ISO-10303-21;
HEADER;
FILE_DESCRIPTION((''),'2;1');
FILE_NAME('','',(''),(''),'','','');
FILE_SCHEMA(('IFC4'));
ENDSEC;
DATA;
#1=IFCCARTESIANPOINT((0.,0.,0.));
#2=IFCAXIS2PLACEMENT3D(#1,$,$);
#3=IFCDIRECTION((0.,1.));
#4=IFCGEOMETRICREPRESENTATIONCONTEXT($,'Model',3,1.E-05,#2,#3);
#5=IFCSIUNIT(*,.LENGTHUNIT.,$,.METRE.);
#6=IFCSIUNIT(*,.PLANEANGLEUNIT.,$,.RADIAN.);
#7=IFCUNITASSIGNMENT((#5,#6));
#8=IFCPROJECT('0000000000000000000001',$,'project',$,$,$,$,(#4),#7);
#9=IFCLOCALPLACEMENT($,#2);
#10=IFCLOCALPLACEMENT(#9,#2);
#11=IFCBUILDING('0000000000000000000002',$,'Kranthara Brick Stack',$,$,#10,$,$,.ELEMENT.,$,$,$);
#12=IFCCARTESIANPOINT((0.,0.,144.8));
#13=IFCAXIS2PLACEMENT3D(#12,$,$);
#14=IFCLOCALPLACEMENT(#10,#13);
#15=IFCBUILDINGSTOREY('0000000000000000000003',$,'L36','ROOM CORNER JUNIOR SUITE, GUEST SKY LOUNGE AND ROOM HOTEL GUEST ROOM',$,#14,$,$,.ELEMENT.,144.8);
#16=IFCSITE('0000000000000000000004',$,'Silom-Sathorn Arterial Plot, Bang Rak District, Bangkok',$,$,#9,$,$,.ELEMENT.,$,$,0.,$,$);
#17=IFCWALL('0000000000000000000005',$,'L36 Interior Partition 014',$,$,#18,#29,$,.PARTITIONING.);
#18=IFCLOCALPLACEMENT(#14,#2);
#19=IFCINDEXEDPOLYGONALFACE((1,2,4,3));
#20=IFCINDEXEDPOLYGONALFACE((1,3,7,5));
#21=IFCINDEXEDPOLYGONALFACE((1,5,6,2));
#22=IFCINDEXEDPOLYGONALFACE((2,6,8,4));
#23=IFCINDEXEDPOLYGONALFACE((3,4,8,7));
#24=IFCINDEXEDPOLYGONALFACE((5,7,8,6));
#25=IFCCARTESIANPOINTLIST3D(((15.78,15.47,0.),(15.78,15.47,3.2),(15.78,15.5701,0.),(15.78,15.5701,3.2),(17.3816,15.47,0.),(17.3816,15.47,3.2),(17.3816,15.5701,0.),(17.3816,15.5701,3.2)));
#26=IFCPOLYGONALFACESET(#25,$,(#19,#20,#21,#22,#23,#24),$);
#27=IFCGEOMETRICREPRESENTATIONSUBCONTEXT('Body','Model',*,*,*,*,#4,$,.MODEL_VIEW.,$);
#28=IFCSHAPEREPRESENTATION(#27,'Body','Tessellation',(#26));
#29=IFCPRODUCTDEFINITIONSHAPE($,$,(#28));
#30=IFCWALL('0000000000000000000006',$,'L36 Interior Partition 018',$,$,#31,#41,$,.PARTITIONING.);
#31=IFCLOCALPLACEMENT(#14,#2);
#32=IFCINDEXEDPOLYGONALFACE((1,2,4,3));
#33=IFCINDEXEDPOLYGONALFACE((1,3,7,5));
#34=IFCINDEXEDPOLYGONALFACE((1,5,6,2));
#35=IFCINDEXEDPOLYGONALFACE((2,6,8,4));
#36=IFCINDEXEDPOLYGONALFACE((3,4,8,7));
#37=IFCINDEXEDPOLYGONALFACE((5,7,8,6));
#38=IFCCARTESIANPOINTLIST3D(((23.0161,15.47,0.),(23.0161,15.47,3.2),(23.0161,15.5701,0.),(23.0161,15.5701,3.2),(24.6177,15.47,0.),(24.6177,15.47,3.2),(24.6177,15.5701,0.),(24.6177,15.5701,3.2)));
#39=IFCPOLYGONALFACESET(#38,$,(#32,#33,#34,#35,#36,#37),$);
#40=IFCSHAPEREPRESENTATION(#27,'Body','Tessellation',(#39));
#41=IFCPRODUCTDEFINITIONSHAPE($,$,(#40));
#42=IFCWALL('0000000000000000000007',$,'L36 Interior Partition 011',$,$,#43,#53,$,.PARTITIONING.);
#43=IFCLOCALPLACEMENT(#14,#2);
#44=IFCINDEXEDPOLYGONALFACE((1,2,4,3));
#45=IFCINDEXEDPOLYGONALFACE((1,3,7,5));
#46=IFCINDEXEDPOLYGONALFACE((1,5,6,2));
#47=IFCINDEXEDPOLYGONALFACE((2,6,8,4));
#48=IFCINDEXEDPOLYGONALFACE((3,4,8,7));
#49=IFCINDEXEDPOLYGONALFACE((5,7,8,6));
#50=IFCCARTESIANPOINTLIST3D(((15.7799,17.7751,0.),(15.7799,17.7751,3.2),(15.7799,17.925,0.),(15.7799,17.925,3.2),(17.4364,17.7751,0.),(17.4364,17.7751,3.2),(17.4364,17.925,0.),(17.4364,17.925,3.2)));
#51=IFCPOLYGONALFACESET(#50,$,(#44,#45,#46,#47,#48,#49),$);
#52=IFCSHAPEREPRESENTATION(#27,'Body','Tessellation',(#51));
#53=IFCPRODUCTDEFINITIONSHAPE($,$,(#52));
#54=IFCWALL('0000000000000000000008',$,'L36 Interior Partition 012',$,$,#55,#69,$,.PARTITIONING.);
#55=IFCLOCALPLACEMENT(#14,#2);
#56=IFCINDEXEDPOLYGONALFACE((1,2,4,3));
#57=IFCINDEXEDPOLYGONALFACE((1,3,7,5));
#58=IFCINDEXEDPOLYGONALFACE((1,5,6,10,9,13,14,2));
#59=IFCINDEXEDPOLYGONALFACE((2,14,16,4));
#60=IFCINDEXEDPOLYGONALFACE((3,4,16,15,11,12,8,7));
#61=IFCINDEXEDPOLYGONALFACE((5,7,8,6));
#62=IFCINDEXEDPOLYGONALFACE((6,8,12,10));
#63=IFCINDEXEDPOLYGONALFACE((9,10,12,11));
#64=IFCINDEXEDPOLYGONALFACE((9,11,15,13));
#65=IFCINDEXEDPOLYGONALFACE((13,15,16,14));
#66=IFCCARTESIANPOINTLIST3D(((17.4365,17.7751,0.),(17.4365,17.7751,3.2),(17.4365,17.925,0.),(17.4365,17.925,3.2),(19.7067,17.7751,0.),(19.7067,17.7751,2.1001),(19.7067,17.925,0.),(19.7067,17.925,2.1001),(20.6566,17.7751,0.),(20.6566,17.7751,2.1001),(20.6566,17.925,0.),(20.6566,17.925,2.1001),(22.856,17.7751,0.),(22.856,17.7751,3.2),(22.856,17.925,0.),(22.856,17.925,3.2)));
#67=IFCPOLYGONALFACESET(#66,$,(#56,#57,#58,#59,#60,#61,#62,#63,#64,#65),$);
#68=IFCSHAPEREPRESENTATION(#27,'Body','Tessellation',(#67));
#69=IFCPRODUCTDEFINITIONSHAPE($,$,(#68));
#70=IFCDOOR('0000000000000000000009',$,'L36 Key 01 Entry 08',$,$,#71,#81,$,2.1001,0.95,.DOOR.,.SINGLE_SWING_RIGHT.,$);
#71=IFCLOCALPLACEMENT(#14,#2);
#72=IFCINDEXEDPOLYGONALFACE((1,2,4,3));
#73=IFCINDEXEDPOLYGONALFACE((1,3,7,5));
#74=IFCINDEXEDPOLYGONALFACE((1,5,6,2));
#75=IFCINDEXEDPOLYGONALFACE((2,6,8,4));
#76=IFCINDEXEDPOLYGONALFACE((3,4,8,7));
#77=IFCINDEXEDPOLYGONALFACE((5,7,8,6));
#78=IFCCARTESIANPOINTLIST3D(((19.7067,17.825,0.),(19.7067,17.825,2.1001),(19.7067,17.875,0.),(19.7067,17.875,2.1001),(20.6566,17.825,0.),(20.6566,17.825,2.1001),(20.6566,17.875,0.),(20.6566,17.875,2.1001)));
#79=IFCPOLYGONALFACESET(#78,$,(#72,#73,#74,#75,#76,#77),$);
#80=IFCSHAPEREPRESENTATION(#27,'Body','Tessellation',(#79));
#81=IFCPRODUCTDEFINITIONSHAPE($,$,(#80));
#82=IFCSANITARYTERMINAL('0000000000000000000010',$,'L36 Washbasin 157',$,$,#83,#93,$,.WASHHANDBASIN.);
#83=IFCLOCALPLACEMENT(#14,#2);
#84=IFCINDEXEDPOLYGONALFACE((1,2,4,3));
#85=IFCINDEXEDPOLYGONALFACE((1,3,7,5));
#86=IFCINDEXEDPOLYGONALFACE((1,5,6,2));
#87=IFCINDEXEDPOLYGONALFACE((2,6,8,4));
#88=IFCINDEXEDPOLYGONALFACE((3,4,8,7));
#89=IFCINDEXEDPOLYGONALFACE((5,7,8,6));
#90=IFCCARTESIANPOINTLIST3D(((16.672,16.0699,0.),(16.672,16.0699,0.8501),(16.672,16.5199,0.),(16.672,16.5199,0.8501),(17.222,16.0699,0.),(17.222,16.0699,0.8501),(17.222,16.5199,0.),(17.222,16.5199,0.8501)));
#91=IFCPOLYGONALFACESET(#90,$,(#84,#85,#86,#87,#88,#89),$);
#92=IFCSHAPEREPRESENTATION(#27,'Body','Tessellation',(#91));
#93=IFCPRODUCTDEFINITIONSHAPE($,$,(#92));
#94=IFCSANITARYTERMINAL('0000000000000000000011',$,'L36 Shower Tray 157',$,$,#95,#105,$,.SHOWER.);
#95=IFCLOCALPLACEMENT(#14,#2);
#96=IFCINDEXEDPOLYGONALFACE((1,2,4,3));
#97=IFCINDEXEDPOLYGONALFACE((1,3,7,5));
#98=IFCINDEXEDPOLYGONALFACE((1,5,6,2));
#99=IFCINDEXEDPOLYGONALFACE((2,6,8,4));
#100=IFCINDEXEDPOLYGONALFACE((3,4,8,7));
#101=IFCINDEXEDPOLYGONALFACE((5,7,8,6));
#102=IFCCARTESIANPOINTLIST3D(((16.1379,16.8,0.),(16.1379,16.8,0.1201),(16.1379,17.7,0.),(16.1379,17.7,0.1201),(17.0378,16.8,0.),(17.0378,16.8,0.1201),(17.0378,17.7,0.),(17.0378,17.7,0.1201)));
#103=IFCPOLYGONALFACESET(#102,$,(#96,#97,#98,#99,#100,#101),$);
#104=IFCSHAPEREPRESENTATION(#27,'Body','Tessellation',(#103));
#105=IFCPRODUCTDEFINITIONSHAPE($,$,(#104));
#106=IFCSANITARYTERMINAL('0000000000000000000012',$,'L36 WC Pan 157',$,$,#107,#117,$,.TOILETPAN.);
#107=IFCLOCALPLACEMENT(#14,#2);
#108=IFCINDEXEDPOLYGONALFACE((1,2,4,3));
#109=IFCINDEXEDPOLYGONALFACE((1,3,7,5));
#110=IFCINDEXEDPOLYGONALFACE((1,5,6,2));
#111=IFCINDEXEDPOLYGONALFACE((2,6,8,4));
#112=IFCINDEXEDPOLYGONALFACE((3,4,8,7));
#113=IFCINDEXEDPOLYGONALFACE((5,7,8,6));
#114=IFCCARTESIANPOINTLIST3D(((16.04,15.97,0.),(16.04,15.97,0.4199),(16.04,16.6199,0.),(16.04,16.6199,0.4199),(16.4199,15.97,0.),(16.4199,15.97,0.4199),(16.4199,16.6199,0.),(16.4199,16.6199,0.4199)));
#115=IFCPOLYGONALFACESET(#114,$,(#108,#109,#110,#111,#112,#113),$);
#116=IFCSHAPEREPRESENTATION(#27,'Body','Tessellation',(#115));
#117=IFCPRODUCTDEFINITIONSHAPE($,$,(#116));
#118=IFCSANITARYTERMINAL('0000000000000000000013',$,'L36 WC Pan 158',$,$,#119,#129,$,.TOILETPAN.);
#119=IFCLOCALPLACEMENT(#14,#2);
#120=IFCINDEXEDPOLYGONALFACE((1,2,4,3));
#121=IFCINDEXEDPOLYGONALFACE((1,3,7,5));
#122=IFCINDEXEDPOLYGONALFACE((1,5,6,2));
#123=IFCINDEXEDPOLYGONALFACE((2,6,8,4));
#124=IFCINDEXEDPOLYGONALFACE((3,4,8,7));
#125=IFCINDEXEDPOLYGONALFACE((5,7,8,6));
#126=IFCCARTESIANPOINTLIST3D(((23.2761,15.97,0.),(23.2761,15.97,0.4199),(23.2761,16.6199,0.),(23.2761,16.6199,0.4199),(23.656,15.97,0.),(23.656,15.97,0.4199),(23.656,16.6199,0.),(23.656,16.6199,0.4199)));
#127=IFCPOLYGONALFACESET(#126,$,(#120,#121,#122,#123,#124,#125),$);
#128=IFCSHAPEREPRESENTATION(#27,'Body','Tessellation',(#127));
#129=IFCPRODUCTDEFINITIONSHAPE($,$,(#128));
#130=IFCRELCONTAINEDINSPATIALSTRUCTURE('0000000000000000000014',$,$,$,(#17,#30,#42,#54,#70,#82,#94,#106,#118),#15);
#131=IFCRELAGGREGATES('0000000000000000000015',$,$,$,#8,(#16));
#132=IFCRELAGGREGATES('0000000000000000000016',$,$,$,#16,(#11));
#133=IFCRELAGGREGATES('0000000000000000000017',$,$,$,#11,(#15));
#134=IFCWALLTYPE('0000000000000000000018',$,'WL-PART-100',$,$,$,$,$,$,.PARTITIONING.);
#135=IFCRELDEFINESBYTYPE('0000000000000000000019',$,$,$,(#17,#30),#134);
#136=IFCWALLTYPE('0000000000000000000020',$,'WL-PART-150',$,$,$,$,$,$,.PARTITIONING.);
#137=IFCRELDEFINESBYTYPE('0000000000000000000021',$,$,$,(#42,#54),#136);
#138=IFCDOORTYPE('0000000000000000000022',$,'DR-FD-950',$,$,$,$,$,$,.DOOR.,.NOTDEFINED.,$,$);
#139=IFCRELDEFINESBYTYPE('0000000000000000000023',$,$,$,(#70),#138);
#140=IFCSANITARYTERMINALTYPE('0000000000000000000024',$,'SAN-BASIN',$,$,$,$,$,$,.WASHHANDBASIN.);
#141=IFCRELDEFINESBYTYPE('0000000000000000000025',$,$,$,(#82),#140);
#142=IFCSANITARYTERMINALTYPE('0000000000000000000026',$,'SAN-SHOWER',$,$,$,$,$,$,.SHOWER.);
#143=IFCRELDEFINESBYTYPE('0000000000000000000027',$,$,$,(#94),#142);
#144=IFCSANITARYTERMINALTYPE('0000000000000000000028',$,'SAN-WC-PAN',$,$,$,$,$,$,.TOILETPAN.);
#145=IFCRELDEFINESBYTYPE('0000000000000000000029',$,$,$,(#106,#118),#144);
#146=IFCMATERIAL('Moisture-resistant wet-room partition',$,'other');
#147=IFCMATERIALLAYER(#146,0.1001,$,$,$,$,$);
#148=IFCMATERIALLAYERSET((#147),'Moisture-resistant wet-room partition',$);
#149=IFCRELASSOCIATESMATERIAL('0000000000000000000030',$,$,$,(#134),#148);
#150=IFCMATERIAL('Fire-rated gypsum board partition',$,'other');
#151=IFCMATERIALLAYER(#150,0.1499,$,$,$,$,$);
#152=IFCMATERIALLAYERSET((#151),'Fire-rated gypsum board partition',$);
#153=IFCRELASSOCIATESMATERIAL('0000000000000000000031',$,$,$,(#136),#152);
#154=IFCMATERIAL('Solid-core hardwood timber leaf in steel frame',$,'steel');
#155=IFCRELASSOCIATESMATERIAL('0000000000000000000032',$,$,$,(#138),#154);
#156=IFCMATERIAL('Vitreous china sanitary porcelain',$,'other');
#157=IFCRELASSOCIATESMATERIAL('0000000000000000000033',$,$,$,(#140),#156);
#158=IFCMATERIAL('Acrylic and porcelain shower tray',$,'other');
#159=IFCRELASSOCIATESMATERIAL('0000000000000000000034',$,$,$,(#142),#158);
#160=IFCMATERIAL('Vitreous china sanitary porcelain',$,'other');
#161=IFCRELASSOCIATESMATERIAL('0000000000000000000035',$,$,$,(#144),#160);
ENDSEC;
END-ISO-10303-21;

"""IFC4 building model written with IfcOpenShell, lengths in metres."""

from ifc_helpers import new_model, si_unit, direction, frame, frame_2d, origin, origin_2d, place, context, subcontext, project, spatial, rectangle, extrude, material, layer, layer_set, type_object, element, fill, save


model = new_model("IFC4")

# Units and contexts
model_context = context("Model", 3, precision=1e-05, world=origin(), true_north=direction((0.0, 1.0)))
body_context = subcontext(model_context, "Body", "Model", "MODEL_VIEW")
ifc_project = project(units=[si_unit("LENGTHUNIT", "METRE"), si_unit("PLANEANGLEUNIT", "RADIAN")], contexts=[model_context])

# Site, building, storey
site_placement = place(None, origin())
site = spatial("IfcSite", under=ifc_project, at=site_placement, Name="Silom-Sathorn Arterial Plot, Bang Rak District, Bangkok", CompositionType="ELEMENT", RefElevation=0.0)
building_placement = place(site_placement, origin())
building = spatial("IfcBuilding", under=site, at=building_placement, Name="Kranthara Brick Stack", CompositionType="ELEMENT")
storey_placement = place(building_placement, frame((0.0, 0.0, 144.8)))
storey = spatial("IfcBuildingStorey", under=building, at=storey_placement, Name="L36", Description="ROOM CORNER JUNIOR SUITE, GUEST SKY LOUNGE AND ROOM HOTEL GUEST ROOM", CompositionType="ELEMENT", Elevation=144.8)

# Shared definitions
ifc_material_1 = material(Name="Moisture-resistant wet-room partition", Category="other")
ifc_layer_1 = layer(ifc_material_1, 0.1001)
ifc_layer_set_1 = layer_set([ifc_layer_1], Name="Moisture-resistant wet-room partition")
wall_type_1 = type_object("IfcWallType", Name="WL-PART-100", PredefinedType="PARTITIONING", material=ifc_layer_set_1)

# Walls
for number, where, z_axis, x_axis, name in (
    (1, (15.78, 15.52, 0.0), (0.0, 0.0, 1.0), (1.0, 0.0, 0.0), "L36 Interior Partition 014"),
    (2, (23.0161, 15.52, 0.0), (0.0, 0.0, 1.0), (1.0, 0.0, 0.0), "L36 Interior Partition 018"),
):
    element("IfcWall", number, at=place(storey_placement, frame(where, z_axis=z_axis, x_axis=x_axis)), inside=storey, type_object=wall_type_1, Name=name, PredefinedType="PARTITIONING", context=body_context, shape_type="SweptSolid", body=[
        extrude(rectangle(XDim=1.6016, YDim=0.1001, at=frame_2d((0.8008, 0.0))), origin(), (0.0, 0.0, 1.0), 3.2),
    ])
ifc_material_2 = material(Name="Fire-rated gypsum board partition", Category="other")
ifc_layer_2 = layer(ifc_material_2, 0.1499)
ifc_layer_set_2 = layer_set([ifc_layer_2], Name="Fire-rated gypsum board partition")
wall_type_2 = type_object("IfcWallType", Name="WL-PART-150", PredefinedType="PARTITIONING", material=ifc_layer_set_2)
wall_1_placement = place(storey_placement, frame((15.78, 17.8501, 0.0), z_axis=(0.0, 0.0, 1.0), x_axis=(1.0, 0.0, 0.0)))
element("IfcWall", 3, at=wall_1_placement, inside=storey, type_object=wall_type_2, Name="L36 Interior Partition 011", PredefinedType="PARTITIONING", context=body_context, shape_type="SweptSolid", body=[
    extrude(rectangle(XDim=1.6565, YDim=0.1499, at=frame_2d((0.8281, 0.0))), origin(), (0.0, 0.0, 1.0), 3.2),
])

# Wall, opening, door
wall_2_placement = place(storey_placement, frame((17.4365, 17.8501, 0.0), z_axis=(0.0, 0.0, 1.0), x_axis=(1.0, 0.0, 0.0)))
wall_2 = element("IfcWall", 4, at=wall_2_placement, inside=storey, type_object=wall_type_2, Name="L36 Interior Partition 012", PredefinedType="PARTITIONING", context=body_context, shape_type="SweptSolid", body=[
    extrude(rectangle(XDim=5.4194, YDim=0.1499, at=frame_2d((2.7097, 0.0))), origin(), (0.0, 0.0, 1.0), 3.2),
])
opening_1_placement = place(wall_2_placement, frame((2.27, 0.0, 0.0)))
opening_1 = element("IfcOpeningElement", 5, at=opening_1_placement, cuts=wall_2, PredefinedType="OPENING", context=body_context, shape_type="SweptSolid", body=[
    extrude(rectangle(XDim=0.95, YDim=2.1001, at=frame_2d((0.4751, 1.05))), frame((0.0, 0.085, 0.0), z_axis=(0.0, -1.0, 0.0), x_axis=(1.0, 0.0, 0.0)), (0.0, 0.0, 1.0), 0.1699),
])
ifc_material_3 = material(Name="Solid-core hardwood timber leaf in steel frame", Category="steel")
door_type_1 = type_object("IfcDoorType", Name="DR-FD-950", OperationType="NOTDEFINED", PredefinedType="DOOR", material=ifc_material_3)
door_1_placement = place(opening_1_placement, origin())
door_1 = element("IfcDoor", 6, at=door_1_placement, inside=storey, type_object=door_type_1, Name="L36 Key 01 Entry 08", OperationType="SINGLE_SWING_RIGHT", OverallHeight=2.1001, OverallWidth=0.95, PredefinedType="DOOR", context=body_context, shape_type="SweptSolid", body=[
    extrude(rectangle(XDim=0.95, YDim=2.1001, at=frame_2d((0.4751, 1.05))), frame((0.0, 0.0249, 0.0), z_axis=(0.0, -1.0, 0.0), x_axis=(1.0, 0.0, 0.0)), (0.0, 0.0, 1.0), 0.05),
])
fill(opening_1, door_1)

# Sanitary terminals
ifc_material_4 = material(Name="Vitreous china sanitary porcelain", Category="other")
sanitary_terminal_type_1 = type_object("IfcSanitaryTerminalType", Name="SAN-BASIN", PredefinedType="WASHHANDBASIN", material=ifc_material_4)
sanitary_terminal_1_placement = place(storey_placement, frame((16.947, 16.2949, 0.0), z_axis=(0.0, 0.0, 1.0), x_axis=(1.0, 0.0, 0.0)))
element("IfcSanitaryTerminal", 7, at=sanitary_terminal_1_placement, inside=storey, type_object=sanitary_terminal_type_1, Name="L36 Washbasin 157", PredefinedType="WASHHANDBASIN", context=body_context, shape_type="SweptSolid", body=[
    extrude(rectangle(XDim=0.55, YDim=0.45, at=origin_2d()), origin(), (0.0, 0.0, 1.0), 0.8501),
])
ifc_material_5 = material(Name="Acrylic and porcelain shower tray", Category="other")
sanitary_terminal_type_2 = type_object("IfcSanitaryTerminalType", Name="SAN-SHOWER", PredefinedType="SHOWER", material=ifc_material_5)
sanitary_terminal_2_placement = place(storey_placement, frame((16.5879, 17.25, 0.0), z_axis=(0.0, 0.0, 1.0), x_axis=(1.0, 0.0, 0.0)))
element("IfcSanitaryTerminal", 8, at=sanitary_terminal_2_placement, inside=storey, type_object=sanitary_terminal_type_2, Name="L36 Shower Tray 157", PredefinedType="SHOWER", context=body_context, shape_type="SweptSolid", body=[
    extrude(rectangle(XDim=0.8999, YDim=0.8999, at=origin_2d()), origin(), (0.0, 0.0, 1.0), 0.1201),
])
ifc_material_6 = material(Name="Vitreous china sanitary porcelain", Category="other")
sanitary_terminal_type_3 = type_object("IfcSanitaryTerminalType", Name="SAN-WC-PAN", PredefinedType="TOILETPAN", material=ifc_material_6)
for number, where, z_axis, x_axis, name in (
    (9, (16.23, 16.2949, 0.0), (0.0, 0.0, 1.0), (1.0, 0.0, 0.0), "L36 WC Pan 157"),
    (10, (23.4661, 16.2949, 0.0), (0.0, 0.0, 1.0), (1.0, 0.0, 0.0), "L36 WC Pan 158"),
):
    element("IfcSanitaryTerminal", number, at=place(storey_placement, frame(where, z_axis=z_axis, x_axis=x_axis)), inside=storey, type_object=sanitary_terminal_type_3, Name=name, PredefinedType="TOILETPAN", context=body_context, shape_type="SweptSolid", body=[
        extrude(rectangle(XDim=0.3799, YDim=0.6499, at=origin_2d()), origin(), (0.0, 0.0, 1.0), 0.4199),
    ])

save(model, "model.ifc")
